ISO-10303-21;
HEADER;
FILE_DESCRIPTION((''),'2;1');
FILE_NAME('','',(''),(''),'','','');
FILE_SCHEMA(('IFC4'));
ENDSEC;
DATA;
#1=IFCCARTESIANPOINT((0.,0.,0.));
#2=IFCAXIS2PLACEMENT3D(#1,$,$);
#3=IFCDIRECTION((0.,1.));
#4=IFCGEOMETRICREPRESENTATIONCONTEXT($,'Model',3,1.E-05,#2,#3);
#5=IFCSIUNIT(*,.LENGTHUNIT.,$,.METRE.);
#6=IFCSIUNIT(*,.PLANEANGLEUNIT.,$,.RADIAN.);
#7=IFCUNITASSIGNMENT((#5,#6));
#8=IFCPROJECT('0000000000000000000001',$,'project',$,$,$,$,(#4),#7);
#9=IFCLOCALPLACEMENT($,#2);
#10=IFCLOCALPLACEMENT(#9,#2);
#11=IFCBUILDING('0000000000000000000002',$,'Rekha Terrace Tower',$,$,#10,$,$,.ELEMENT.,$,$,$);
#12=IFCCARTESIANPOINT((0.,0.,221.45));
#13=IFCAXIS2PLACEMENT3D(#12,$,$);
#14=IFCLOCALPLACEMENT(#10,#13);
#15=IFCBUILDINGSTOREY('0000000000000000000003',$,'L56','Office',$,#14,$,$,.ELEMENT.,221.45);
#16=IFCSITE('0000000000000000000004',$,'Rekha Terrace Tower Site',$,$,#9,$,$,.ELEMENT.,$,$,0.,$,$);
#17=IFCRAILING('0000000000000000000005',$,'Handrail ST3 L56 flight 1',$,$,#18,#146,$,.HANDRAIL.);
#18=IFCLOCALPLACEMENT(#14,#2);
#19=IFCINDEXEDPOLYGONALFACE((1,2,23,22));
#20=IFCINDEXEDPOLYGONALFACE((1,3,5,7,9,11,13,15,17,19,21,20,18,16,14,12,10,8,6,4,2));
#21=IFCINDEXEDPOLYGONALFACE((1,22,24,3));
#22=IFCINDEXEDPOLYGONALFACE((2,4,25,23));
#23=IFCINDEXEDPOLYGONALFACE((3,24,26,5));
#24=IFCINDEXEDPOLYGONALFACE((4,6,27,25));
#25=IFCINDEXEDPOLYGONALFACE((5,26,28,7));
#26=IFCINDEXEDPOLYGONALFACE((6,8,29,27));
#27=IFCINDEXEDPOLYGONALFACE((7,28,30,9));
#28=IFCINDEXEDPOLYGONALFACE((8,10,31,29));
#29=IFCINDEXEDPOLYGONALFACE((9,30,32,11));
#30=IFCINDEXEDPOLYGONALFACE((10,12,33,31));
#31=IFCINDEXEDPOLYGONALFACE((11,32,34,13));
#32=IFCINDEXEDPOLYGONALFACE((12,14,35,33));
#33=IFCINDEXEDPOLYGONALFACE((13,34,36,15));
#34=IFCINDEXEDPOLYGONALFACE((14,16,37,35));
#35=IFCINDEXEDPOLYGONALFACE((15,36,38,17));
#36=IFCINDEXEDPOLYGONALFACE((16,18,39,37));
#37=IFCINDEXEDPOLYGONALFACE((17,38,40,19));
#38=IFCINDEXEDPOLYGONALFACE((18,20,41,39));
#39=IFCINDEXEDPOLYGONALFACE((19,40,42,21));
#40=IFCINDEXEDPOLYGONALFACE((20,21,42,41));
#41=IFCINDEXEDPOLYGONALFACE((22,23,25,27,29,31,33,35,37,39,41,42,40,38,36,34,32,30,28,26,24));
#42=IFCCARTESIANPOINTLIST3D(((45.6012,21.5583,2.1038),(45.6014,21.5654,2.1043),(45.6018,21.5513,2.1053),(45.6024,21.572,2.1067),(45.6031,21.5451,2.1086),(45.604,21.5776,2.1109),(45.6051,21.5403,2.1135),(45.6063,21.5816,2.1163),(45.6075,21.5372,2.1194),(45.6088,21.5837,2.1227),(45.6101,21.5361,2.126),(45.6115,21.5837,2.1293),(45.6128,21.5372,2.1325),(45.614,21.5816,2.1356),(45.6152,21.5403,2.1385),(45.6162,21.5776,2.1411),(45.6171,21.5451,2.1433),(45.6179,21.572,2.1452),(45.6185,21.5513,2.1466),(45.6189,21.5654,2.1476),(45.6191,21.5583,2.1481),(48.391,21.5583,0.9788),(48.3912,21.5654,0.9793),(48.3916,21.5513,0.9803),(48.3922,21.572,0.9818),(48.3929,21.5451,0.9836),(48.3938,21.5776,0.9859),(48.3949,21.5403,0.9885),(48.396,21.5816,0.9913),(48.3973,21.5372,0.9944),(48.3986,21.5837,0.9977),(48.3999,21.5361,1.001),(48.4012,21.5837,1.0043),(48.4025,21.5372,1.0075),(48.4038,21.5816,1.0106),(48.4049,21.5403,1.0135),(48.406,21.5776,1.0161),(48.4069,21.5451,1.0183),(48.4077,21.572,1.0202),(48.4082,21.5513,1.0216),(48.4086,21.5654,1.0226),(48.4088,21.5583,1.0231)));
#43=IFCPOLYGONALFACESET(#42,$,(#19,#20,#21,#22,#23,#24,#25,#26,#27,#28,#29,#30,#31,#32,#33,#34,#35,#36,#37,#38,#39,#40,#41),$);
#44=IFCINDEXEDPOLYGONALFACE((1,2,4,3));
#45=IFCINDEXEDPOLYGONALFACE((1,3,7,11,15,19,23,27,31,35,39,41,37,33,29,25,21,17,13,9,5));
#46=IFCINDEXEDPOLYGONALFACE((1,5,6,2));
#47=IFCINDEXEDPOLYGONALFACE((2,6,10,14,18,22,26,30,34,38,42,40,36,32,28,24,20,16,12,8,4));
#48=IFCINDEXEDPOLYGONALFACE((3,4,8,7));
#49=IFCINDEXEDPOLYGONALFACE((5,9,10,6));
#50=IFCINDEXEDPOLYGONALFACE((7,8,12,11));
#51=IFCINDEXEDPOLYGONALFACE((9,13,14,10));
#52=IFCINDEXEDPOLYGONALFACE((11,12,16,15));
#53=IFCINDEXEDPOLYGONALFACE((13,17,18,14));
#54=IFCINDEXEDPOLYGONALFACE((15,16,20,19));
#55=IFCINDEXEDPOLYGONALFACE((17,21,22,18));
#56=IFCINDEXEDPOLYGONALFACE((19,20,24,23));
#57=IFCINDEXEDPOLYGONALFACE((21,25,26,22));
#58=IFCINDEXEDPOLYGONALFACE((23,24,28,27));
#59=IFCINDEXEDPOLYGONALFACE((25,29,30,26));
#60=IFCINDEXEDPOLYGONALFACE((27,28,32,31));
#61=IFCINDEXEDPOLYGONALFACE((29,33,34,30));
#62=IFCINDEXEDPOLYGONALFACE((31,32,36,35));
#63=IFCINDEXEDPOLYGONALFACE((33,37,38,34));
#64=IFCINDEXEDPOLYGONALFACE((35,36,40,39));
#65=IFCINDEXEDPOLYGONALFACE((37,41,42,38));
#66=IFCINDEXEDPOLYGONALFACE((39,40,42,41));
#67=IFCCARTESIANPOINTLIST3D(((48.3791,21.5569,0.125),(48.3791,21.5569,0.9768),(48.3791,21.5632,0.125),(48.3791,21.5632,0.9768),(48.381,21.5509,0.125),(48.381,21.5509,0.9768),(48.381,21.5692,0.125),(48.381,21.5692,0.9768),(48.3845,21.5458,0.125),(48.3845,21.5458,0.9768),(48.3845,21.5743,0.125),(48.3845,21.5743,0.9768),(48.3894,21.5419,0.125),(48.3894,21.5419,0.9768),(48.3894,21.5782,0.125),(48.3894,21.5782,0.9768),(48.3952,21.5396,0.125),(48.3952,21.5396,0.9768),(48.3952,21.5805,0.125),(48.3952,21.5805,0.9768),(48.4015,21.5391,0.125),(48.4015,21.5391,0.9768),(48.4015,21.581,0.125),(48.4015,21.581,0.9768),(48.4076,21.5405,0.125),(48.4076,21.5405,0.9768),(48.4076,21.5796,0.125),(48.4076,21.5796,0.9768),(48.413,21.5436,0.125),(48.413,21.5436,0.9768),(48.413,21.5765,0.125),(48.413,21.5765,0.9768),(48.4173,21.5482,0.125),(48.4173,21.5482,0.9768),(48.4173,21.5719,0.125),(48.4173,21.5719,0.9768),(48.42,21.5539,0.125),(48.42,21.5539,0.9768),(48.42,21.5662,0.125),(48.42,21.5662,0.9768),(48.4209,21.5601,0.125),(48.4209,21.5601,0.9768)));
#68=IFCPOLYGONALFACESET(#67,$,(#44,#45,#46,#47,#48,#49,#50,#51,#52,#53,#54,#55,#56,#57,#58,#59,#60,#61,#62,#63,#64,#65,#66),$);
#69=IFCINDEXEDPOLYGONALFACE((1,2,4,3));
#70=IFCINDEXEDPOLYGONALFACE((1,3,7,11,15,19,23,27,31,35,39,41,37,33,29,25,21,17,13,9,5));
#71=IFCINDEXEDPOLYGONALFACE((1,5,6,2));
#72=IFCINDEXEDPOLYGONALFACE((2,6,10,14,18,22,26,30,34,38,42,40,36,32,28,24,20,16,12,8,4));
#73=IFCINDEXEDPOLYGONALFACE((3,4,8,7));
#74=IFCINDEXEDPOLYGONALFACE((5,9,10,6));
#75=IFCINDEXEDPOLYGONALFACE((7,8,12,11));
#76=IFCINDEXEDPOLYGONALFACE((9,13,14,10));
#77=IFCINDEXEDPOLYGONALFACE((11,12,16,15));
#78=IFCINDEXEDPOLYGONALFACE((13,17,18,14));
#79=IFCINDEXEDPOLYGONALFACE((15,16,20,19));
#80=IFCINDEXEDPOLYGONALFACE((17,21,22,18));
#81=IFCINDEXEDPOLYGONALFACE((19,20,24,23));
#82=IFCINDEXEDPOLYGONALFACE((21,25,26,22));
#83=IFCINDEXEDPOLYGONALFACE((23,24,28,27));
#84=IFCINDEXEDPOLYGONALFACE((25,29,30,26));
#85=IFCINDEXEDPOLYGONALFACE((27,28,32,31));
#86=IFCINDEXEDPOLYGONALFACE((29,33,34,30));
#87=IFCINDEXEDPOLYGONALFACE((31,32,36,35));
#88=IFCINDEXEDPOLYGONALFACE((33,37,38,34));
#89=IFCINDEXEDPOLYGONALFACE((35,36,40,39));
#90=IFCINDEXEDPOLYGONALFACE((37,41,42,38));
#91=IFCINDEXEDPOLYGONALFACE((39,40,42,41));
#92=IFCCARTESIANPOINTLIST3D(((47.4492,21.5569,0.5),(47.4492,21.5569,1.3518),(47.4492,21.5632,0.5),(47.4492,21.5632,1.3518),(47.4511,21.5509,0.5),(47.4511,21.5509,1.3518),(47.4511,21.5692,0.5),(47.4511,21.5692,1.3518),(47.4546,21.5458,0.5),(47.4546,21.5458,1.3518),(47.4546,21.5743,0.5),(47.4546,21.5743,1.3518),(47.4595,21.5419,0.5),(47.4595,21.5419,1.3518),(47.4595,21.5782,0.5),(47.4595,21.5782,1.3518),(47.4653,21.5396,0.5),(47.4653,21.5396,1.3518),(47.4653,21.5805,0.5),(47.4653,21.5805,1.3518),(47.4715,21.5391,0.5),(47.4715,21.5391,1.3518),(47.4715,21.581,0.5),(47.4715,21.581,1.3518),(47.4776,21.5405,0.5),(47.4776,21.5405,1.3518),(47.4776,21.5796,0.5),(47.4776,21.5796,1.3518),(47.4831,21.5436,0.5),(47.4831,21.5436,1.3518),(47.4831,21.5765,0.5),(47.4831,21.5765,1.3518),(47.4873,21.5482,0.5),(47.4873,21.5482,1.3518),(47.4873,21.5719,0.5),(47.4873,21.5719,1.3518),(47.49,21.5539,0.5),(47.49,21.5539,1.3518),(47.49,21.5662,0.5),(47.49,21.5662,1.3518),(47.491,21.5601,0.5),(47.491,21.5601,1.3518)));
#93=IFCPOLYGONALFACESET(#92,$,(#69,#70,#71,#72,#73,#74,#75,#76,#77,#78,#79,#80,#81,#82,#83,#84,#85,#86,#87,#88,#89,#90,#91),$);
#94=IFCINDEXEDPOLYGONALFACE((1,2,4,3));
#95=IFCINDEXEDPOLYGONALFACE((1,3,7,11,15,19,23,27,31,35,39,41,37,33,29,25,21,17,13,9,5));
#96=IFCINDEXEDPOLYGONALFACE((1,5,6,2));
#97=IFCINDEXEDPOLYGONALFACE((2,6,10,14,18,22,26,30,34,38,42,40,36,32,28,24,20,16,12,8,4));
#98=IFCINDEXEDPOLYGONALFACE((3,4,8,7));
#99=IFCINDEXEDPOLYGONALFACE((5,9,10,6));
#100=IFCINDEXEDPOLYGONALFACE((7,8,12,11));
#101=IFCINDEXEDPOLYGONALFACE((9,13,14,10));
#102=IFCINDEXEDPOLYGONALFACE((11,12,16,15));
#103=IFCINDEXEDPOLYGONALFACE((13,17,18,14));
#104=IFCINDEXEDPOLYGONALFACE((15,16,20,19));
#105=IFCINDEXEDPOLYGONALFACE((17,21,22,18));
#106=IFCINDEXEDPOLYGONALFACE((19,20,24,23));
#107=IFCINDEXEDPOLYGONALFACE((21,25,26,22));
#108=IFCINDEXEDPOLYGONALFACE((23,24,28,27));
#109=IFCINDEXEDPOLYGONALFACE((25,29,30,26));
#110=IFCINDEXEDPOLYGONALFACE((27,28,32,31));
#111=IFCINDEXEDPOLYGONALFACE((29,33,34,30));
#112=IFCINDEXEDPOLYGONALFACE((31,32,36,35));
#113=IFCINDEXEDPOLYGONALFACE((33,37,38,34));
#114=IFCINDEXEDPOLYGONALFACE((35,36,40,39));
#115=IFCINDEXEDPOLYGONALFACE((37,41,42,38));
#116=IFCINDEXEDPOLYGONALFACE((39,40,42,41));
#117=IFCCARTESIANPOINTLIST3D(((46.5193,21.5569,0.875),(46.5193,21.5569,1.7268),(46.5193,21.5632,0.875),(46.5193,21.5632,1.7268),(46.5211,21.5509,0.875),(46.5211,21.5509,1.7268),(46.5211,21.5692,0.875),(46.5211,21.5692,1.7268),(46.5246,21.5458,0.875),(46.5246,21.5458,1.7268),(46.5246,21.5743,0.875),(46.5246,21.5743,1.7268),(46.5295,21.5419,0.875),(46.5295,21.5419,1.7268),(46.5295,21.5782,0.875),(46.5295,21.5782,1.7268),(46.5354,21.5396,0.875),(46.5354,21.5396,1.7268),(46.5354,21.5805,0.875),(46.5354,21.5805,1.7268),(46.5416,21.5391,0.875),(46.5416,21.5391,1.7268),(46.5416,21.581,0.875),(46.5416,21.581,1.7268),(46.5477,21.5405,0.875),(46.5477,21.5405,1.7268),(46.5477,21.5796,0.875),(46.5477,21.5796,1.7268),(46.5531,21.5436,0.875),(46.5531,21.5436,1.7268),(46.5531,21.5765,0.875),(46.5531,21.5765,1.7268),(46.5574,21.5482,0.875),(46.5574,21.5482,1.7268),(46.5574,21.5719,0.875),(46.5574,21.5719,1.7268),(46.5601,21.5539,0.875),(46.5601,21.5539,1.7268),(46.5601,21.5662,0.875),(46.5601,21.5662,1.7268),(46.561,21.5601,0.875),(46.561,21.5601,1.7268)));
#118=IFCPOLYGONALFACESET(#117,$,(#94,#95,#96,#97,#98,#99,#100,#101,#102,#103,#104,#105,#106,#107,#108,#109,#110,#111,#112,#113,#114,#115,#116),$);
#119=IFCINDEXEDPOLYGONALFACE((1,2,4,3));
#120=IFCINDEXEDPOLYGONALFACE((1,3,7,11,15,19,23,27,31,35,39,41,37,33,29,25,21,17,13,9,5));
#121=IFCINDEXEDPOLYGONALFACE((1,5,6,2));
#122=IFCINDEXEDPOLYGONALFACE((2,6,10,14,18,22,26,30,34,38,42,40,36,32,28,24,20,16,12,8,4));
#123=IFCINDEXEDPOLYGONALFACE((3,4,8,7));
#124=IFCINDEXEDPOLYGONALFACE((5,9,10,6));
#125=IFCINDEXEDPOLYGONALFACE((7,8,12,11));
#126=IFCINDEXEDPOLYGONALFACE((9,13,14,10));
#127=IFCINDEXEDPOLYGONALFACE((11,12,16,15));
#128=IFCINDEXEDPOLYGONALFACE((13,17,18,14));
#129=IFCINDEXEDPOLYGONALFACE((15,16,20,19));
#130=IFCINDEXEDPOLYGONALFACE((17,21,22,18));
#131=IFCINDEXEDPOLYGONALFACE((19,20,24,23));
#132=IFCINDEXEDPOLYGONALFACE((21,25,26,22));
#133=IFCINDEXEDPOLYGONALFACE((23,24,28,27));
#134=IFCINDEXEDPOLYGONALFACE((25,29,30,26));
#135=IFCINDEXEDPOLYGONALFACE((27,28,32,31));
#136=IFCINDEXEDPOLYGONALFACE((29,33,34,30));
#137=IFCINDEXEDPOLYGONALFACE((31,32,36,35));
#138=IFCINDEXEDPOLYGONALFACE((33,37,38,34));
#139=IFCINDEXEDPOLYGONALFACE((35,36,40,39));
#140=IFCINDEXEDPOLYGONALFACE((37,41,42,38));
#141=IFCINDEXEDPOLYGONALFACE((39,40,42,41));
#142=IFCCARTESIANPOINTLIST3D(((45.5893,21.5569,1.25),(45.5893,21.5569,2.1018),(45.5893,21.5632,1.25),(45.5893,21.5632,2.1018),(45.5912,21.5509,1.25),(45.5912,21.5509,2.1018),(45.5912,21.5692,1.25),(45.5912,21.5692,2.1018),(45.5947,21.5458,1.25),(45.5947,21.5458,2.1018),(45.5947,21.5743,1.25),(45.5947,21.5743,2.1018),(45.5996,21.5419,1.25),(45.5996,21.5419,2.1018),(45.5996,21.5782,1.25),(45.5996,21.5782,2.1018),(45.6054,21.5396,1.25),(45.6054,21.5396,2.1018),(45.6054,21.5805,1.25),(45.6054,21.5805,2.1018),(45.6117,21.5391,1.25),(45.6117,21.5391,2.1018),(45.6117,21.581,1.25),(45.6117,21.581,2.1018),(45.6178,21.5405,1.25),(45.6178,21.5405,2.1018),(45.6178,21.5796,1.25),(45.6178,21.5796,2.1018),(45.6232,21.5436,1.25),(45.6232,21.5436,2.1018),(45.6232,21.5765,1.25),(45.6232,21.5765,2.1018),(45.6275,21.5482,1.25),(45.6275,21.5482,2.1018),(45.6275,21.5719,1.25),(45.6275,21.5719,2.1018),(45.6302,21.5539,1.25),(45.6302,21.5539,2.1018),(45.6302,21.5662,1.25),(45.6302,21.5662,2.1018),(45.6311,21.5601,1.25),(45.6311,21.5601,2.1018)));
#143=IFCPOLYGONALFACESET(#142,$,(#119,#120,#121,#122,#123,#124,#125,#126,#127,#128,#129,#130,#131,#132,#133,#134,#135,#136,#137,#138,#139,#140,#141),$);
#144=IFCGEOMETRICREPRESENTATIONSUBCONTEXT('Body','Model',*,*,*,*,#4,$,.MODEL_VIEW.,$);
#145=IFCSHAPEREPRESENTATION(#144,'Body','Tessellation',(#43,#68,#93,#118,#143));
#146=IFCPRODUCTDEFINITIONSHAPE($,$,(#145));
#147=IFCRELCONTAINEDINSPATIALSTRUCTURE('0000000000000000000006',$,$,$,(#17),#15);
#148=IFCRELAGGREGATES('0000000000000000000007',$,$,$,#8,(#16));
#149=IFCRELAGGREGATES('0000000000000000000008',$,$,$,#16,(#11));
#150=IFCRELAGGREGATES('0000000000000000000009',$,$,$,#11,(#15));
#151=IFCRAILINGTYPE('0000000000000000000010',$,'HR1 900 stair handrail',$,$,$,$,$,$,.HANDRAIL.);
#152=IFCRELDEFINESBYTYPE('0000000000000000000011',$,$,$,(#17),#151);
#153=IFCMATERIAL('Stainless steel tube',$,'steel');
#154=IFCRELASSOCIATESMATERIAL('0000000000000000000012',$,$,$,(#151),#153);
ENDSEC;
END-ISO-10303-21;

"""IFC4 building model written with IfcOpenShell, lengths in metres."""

from ifc_helpers import new_model, si_unit, direction, frame, origin, origin_2d, place, context, subcontext, project, spatial, circle, extrude, material, type_object, element, save


model = new_model("IFC4")

# Units and contexts
model_context = context("Model", 3, precision=1e-05, world=origin(), true_north=direction((0.0, 1.0)))
body_context = subcontext(model_context, "Body", "Model", "MODEL_VIEW")
ifc_project = project(units=[si_unit("LENGTHUNIT", "METRE"), si_unit("PLANEANGLEUNIT", "RADIAN")], contexts=[model_context])

# Site, building, storey
site_placement = place(None, origin())
site = spatial("IfcSite", under=ifc_project, at=site_placement, Name="Rekha Terrace Tower Site", CompositionType="ELEMENT", RefElevation=0.0)
building_placement = place(site_placement, origin())
building = spatial("IfcBuilding", under=site, at=building_placement, Name="Rekha Terrace Tower", CompositionType="ELEMENT")
storey_placement = place(building_placement, frame((0.0, 0.0, 221.45)))
storey = spatial("IfcBuildingStorey", under=building, at=storey_placement, Name="L56", Description="Office", CompositionType="ELEMENT", Elevation=221.45)

# Railing
ifc_material_1 = material(Name="Stainless steel tube", Category="steel")
railing_type_1 = type_object("IfcRailingType", Name="HR1 900 stair handrail", PredefinedType="HANDRAIL", material=ifc_material_1)
railing_1_placement = place(storey_placement, frame((48.3999, 21.5601, 0.125)))
element("IfcRailing", 1, at=railing_1_placement, inside=storey, type_object=railing_type_1, Name="Handrail ST3 L56 flight 1", PredefinedType="HANDRAIL", context=body_context, shape_type="SweptSolid", body=[
    extrude(circle(Radius=0.0239, at=origin_2d()), frame((0.0, 0.0, 0.876), z_axis=(-0.927432, 0.0, 0.373992), x_axis=(0.0, -1.0, 0.0)), (0.0, 0.0, 1.0), 3.0081),
    extrude(circle(Radius=0.021, at=origin_2d()), origin(), (0.0, 0.0, 1.0), 0.8518),
    extrude(circle(Radius=0.021, at=origin_2d()), frame((-0.9299, 0.0, 0.375)), (0.0, 0.0, 1.0), 0.8518),
    extrude(circle(Radius=0.021, at=origin_2d()), frame((-1.8599, 0.0, 0.75)), (0.0, 0.0, 1.0), 0.8518),
    extrude(circle(Radius=0.021, at=origin_2d()), frame((-2.7898, 0.0, 1.125)), (0.0, 0.0, 1.0), 0.8518),
])

save(model, "model.ifc")
